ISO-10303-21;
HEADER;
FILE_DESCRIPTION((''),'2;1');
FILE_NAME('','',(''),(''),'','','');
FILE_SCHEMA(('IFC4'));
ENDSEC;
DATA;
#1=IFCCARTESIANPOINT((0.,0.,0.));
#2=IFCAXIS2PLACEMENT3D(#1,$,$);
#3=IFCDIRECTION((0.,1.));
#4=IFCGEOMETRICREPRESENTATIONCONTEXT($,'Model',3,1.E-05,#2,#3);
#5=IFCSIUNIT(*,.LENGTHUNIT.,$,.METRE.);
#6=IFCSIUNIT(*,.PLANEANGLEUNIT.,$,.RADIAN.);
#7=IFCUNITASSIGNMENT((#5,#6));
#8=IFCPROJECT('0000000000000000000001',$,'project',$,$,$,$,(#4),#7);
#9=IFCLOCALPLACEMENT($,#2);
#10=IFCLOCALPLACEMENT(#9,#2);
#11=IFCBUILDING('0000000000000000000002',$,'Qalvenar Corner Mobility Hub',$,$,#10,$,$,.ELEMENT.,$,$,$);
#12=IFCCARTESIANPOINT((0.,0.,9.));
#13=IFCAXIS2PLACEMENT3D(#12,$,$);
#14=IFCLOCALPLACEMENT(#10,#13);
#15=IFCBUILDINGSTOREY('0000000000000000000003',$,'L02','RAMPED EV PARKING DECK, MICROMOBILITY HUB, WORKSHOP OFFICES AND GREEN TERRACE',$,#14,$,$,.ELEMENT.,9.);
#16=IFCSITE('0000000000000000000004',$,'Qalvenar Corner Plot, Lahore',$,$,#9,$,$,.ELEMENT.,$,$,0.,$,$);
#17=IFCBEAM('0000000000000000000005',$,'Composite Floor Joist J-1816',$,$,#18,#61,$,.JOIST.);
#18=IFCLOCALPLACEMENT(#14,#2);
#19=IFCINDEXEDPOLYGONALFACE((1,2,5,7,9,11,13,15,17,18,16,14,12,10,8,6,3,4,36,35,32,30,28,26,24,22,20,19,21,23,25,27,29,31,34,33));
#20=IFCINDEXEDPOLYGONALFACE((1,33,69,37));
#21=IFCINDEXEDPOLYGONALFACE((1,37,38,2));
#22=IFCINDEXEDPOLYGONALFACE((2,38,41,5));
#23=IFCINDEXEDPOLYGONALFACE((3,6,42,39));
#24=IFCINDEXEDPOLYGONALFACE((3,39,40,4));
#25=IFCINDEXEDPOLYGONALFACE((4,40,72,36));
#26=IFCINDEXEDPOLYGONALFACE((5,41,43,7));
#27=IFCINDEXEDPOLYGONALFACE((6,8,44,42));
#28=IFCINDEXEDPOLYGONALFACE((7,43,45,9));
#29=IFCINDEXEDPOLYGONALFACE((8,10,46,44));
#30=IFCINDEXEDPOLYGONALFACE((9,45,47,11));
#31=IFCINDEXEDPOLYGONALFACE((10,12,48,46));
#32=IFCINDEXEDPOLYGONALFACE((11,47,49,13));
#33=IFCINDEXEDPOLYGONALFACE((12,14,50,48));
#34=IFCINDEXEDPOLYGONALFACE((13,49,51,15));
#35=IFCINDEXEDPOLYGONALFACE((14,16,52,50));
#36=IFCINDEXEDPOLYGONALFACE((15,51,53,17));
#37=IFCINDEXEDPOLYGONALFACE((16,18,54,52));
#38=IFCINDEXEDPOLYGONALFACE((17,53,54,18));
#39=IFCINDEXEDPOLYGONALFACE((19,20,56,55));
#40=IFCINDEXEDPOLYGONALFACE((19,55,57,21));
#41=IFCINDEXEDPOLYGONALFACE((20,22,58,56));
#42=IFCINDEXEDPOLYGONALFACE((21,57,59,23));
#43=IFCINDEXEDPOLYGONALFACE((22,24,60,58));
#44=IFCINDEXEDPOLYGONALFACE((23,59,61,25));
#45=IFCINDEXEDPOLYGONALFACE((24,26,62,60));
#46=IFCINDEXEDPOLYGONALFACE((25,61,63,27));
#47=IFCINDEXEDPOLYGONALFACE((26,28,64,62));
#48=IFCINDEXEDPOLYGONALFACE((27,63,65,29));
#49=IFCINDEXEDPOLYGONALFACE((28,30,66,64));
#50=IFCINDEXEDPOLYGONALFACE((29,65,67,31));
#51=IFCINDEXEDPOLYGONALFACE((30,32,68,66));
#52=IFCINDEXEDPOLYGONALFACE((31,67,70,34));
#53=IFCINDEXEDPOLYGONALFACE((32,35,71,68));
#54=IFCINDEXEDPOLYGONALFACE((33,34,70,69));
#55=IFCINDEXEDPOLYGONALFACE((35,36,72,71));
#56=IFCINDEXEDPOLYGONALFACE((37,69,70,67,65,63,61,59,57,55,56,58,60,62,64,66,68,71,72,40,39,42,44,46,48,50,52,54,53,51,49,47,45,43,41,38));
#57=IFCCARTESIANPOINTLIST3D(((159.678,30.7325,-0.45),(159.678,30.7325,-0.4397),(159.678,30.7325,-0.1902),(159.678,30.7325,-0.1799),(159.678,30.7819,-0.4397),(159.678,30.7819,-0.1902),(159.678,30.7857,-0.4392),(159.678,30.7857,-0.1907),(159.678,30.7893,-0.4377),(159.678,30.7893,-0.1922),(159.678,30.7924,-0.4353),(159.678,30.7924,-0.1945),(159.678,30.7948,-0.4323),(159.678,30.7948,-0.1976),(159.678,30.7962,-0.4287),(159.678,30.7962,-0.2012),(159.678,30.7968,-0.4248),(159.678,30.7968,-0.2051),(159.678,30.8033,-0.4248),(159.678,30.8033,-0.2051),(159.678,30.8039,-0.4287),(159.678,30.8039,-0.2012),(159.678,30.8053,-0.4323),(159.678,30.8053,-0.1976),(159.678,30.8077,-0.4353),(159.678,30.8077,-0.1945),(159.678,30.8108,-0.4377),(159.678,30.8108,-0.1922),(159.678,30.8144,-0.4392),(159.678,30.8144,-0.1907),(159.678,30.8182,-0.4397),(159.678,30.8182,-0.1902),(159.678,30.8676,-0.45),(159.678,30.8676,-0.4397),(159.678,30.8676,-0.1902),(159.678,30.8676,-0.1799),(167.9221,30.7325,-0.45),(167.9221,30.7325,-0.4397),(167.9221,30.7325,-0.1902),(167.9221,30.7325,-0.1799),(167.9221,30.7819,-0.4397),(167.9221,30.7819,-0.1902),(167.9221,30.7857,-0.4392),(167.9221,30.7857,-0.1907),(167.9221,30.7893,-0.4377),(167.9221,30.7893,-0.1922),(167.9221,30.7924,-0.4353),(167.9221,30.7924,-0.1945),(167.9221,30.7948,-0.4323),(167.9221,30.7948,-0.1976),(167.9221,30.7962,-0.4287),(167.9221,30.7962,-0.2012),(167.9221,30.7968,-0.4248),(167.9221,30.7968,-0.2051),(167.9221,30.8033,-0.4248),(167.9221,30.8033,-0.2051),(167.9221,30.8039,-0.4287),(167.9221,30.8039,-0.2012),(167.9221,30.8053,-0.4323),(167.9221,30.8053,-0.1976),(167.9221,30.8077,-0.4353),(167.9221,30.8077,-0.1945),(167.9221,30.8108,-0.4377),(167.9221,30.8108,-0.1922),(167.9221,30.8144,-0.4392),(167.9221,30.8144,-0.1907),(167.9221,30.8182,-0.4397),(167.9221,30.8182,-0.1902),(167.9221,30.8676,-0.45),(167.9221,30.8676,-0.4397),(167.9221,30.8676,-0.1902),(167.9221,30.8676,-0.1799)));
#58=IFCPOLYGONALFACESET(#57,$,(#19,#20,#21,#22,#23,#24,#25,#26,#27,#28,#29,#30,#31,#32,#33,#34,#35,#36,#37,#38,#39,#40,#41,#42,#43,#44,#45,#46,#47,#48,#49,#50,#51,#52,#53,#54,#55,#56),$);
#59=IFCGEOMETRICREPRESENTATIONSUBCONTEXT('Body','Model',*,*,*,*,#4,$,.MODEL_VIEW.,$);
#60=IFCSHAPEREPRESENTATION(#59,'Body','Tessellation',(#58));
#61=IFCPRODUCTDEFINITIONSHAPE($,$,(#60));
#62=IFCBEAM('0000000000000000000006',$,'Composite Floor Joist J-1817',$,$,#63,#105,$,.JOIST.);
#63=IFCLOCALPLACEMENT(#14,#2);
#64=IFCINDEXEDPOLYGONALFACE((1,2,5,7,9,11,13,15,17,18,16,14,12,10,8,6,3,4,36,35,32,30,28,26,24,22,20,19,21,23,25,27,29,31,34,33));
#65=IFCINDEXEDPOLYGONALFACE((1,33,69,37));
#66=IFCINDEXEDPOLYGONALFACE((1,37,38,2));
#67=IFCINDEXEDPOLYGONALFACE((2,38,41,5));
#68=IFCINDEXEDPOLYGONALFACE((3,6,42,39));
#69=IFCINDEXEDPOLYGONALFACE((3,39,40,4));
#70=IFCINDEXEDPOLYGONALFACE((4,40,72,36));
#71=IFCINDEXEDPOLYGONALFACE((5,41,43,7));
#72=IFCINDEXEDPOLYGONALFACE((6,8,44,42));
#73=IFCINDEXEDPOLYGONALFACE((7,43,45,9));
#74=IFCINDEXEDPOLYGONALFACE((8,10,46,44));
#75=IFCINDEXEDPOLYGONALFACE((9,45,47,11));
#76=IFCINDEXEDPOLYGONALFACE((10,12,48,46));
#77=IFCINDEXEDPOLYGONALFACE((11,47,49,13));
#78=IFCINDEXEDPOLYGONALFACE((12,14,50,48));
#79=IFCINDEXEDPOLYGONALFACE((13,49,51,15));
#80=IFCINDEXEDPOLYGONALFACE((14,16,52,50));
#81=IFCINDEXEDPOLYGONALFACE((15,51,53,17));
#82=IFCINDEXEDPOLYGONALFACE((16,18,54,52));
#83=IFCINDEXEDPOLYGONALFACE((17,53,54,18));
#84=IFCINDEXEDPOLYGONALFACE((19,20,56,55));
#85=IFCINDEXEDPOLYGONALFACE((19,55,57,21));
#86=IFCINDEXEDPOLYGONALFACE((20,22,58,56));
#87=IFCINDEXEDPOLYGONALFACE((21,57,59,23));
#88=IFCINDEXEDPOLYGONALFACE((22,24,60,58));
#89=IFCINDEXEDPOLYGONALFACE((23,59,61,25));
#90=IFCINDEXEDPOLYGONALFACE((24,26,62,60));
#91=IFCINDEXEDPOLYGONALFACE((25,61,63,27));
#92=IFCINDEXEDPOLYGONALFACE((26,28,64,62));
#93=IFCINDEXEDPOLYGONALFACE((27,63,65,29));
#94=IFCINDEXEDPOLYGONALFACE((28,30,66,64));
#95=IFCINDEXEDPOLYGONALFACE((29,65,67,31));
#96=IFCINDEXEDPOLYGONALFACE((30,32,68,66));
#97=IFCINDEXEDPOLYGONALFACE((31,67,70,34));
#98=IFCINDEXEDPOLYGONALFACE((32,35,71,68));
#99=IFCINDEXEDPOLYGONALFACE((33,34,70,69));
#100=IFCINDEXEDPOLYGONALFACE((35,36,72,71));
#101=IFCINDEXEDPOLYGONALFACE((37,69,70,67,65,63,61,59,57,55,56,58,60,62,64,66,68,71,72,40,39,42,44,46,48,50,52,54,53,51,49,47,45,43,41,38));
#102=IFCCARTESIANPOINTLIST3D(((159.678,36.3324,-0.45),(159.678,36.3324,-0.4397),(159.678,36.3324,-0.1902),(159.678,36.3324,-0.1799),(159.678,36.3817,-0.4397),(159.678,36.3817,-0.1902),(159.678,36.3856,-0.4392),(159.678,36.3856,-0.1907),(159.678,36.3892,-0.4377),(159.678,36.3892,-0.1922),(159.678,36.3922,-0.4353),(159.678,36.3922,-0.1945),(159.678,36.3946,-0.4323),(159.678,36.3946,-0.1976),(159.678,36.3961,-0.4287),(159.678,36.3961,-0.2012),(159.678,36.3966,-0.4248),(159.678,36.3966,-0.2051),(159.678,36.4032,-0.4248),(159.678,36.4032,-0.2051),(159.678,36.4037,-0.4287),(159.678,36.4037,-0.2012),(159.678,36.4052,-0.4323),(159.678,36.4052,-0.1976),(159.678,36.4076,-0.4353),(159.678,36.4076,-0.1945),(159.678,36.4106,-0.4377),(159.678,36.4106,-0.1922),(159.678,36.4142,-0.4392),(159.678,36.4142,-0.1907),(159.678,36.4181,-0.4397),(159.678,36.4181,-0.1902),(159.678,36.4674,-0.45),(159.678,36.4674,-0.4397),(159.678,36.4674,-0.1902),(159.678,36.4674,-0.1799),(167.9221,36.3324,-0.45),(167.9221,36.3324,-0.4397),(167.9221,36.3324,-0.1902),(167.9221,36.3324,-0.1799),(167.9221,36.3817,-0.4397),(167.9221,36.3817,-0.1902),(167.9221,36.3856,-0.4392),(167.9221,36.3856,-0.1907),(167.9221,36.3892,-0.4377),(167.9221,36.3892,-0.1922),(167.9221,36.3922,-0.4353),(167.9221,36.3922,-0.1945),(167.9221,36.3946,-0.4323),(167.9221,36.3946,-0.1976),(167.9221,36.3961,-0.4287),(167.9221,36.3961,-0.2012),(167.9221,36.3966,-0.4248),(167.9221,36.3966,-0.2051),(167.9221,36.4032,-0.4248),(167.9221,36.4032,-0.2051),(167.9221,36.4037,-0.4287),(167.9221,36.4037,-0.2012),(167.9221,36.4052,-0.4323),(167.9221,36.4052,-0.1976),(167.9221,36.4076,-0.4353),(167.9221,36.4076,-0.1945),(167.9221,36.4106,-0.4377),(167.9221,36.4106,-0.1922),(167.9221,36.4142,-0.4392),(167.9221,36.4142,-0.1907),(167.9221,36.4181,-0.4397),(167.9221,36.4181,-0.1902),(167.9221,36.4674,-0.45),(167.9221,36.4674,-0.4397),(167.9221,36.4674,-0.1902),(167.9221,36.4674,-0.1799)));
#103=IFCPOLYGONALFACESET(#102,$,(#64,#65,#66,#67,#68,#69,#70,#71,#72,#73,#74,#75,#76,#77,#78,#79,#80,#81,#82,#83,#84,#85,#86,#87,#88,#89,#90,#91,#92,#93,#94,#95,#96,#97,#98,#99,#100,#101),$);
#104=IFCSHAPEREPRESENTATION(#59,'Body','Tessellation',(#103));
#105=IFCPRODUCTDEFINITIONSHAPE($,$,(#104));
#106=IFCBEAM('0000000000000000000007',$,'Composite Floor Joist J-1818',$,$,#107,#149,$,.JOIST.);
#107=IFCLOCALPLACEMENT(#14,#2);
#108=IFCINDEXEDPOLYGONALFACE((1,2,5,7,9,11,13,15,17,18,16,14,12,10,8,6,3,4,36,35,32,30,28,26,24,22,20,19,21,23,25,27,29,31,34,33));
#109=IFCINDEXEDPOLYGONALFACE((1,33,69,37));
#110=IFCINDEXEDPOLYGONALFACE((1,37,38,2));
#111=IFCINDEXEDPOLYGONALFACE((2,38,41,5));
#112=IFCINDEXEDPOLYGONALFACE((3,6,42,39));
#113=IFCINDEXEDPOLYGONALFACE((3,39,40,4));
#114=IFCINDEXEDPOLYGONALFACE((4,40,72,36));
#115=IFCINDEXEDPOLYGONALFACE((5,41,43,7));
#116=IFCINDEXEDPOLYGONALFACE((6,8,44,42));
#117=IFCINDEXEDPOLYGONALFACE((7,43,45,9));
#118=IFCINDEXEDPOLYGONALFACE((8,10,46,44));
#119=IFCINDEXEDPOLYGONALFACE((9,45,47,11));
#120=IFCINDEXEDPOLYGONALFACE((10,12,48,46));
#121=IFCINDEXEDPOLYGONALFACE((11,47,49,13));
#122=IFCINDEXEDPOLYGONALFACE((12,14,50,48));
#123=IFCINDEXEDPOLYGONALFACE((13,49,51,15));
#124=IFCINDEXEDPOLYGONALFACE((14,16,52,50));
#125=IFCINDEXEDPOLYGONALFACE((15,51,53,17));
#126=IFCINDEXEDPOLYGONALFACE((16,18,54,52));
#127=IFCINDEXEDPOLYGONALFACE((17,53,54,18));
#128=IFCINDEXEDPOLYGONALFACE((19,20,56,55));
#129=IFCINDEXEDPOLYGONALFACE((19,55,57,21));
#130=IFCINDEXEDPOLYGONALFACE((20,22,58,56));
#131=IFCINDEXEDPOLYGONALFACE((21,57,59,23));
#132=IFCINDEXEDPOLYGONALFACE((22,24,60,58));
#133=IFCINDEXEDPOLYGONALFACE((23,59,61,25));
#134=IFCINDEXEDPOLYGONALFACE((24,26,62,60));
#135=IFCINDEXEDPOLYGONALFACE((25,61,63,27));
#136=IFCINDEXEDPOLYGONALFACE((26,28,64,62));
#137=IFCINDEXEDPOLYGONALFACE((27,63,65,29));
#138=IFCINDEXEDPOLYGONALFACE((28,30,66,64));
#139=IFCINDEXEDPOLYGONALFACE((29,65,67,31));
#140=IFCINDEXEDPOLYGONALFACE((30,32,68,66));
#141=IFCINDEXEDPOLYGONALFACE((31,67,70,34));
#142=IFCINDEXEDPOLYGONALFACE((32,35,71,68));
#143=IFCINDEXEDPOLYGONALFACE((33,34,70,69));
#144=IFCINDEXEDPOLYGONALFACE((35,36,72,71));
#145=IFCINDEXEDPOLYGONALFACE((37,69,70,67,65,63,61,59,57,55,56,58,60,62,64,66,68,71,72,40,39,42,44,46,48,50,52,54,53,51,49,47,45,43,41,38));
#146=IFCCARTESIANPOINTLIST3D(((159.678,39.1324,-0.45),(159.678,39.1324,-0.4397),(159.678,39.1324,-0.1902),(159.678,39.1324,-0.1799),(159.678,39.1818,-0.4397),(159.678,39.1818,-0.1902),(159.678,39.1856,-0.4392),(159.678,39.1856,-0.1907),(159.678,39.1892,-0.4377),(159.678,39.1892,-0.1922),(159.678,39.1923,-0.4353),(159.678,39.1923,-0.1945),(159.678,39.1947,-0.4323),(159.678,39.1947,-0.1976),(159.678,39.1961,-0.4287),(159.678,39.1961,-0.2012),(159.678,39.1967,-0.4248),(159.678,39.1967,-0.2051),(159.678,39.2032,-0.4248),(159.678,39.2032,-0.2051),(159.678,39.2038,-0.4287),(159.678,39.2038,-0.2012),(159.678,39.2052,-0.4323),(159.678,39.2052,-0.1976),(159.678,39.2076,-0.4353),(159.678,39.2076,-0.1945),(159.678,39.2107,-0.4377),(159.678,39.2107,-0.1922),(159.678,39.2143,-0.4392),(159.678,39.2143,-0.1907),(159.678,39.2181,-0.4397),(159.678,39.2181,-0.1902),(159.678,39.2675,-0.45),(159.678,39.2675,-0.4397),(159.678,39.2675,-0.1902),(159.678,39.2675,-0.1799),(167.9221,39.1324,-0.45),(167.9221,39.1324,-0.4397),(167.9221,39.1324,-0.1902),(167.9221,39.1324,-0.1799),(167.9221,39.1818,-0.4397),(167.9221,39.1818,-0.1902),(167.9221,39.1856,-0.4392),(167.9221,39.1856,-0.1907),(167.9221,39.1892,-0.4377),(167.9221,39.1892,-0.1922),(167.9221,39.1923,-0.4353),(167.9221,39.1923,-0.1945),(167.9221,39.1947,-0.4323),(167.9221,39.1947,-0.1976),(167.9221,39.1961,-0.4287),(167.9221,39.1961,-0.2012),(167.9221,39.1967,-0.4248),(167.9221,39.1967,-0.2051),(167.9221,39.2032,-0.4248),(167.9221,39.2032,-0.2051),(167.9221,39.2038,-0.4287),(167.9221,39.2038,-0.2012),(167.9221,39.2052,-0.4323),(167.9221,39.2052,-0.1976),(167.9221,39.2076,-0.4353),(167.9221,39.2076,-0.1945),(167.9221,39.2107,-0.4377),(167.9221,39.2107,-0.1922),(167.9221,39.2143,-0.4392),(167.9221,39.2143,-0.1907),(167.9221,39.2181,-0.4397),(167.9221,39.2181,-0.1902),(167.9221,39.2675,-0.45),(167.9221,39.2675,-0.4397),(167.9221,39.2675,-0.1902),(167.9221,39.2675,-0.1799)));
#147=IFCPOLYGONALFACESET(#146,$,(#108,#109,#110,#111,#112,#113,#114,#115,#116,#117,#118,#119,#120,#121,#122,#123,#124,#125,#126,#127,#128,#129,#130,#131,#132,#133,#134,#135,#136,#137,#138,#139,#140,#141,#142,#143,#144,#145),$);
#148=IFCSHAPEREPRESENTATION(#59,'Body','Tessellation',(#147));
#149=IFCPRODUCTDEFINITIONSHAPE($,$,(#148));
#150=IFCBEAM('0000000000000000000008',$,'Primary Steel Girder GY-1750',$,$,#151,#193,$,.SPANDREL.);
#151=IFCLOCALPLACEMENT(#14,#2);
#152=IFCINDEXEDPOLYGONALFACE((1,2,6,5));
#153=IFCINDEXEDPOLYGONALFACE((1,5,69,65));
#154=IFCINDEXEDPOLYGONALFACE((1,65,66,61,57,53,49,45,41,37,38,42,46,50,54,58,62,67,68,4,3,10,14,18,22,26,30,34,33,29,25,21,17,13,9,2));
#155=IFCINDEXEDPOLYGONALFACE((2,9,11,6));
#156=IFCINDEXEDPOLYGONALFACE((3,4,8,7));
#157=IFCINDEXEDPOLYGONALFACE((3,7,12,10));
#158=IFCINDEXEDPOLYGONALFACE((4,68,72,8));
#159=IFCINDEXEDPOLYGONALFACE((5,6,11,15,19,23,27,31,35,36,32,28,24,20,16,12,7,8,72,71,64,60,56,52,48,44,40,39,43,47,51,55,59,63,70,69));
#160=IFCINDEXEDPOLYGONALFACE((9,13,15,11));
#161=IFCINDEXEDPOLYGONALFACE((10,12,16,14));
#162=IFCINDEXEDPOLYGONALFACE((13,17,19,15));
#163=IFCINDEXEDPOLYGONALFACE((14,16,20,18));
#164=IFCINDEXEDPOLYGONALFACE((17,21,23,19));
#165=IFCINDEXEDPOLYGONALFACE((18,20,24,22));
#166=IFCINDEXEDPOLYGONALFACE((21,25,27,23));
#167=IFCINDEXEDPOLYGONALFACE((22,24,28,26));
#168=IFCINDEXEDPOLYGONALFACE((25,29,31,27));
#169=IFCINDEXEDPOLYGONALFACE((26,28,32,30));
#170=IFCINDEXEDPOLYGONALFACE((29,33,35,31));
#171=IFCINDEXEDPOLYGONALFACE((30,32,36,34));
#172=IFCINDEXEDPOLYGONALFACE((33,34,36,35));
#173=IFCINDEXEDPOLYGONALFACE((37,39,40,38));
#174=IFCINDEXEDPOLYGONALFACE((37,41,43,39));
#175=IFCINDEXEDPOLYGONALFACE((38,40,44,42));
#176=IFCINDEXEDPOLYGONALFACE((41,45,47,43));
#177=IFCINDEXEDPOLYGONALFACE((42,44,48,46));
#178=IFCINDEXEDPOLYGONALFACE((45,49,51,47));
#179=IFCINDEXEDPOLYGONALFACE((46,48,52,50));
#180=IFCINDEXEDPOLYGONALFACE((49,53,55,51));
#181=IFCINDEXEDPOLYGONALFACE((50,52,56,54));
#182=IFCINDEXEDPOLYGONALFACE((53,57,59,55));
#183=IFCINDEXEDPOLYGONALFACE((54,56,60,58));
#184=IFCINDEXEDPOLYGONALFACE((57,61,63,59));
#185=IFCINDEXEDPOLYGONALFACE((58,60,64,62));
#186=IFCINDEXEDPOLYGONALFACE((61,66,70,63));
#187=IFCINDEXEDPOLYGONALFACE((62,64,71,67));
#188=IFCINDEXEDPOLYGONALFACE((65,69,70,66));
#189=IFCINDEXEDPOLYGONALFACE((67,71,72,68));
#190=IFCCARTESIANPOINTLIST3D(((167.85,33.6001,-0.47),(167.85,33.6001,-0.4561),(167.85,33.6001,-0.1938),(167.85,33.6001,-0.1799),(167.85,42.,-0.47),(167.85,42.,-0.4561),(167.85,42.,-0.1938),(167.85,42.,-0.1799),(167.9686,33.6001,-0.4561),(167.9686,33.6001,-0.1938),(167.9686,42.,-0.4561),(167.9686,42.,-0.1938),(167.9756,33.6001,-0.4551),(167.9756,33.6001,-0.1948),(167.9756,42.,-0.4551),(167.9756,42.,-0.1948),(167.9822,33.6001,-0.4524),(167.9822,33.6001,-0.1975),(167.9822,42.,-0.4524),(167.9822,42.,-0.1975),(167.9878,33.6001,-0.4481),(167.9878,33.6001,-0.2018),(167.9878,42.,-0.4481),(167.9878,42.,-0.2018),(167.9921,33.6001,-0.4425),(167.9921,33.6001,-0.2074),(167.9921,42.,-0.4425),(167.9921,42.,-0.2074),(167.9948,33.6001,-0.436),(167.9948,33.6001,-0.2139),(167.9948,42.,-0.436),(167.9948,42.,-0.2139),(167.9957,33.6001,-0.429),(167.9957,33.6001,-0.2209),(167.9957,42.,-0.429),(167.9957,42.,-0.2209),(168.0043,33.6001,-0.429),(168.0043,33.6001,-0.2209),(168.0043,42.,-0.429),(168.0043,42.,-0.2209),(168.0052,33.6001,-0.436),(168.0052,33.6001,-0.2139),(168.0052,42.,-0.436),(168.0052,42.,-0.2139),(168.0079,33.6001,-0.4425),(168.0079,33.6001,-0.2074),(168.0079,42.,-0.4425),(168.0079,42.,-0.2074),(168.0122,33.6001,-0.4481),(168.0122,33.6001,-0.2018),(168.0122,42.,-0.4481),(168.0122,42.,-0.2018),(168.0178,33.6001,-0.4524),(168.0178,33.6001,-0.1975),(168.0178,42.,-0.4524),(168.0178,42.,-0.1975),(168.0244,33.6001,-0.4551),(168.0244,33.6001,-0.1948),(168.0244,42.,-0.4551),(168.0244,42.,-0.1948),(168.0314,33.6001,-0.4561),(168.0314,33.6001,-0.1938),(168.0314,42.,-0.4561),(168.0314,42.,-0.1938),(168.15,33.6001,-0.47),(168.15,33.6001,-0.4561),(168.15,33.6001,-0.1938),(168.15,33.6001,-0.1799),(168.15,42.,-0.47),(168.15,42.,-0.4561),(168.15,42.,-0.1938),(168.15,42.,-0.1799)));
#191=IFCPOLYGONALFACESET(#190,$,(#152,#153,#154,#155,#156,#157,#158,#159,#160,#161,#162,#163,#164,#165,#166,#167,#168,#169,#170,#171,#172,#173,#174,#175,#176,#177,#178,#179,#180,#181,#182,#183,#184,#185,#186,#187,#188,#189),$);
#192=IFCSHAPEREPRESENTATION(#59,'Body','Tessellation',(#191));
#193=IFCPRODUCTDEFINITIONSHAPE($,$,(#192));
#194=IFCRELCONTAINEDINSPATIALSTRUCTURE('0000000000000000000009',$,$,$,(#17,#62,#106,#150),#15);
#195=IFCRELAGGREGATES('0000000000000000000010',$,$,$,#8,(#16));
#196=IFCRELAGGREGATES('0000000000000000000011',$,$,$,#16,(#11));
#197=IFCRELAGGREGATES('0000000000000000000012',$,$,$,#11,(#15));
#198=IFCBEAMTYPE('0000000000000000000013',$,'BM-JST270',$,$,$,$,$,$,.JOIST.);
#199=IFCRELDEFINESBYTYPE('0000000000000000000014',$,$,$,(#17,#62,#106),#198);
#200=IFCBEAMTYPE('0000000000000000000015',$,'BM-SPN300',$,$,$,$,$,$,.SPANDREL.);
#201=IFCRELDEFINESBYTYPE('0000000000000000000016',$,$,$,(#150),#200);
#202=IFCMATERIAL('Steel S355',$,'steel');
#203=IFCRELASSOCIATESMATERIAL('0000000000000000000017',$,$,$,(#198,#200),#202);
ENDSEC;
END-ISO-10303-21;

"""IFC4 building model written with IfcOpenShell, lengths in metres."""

from ifc_helpers import new_model, si_unit, direction, frame, origin, origin_2d, place, context, subcontext, project, spatial, i_section, extrude, material, material_profile, profile_set, type_object, element, save


model = new_model("IFC4")

# Units and contexts
model_context = context("Model", 3, precision=1e-05, world=origin(), true_north=direction((0.0, 1.0)))
body_context = subcontext(model_context, "Body", "Model", "MODEL_VIEW")
ifc_project = project(units=[si_unit("LENGTHUNIT", "METRE"), si_unit("PLANEANGLEUNIT", "RADIAN")], contexts=[model_context])

# Site, building, storey
site_placement = place(None, origin())
site = spatial("IfcSite", under=ifc_project, at=site_placement, Name="Qalvenar Corner Plot, Lahore", CompositionType="ELEMENT", RefElevation=0.0)
building_placement = place(site_placement, origin())
building = spatial("IfcBuilding", under=site, at=building_placement, Name="Qalvenar Corner Mobility Hub", CompositionType="ELEMENT")
storey_placement = place(building_placement, frame((0.0, 0.0, 9.0)))
storey = spatial("IfcBuildingStorey", under=building, at=storey_placement, Name="L02", Description="RAMPED EV PARKING DECK, MICROMOBILITY HUB, WORKSHOP OFFICES AND GREEN TERRACE", CompositionType="ELEMENT", Elevation=9.0)

# Shared definitions
ifc_material_1 = material(Name="Steel S355", Category="steel")

# Beams
ifc_material_profile_1 = material_profile(ifc_material_1, i_section(OverallWidth=0.135, OverallDepth=0.27, WebThickness=0.0066, FlangeThickness=0.0103, FilletRadius=0.0149, at=origin_2d()), Name="IPE270")
ifc_profile_set_1 = profile_set([ifc_material_profile_1], Name="Steel S355")
beam_type_1 = type_object("IfcBeamType", Name="BM-JST270", PredefinedType="JOIST", material=ifc_profile_set_1)
for number, where, z_axis, x_axis, name in (
    (1, (159.678, 30.8, -0.3149), (1.0, 0.0, 0.0), (0.0, 1.0, 0.0), "Composite Floor Joist J-1816"),
    (2, (159.678, 36.3999, -0.3149), (1.0, 0.0, 0.0), (0.0, 1.0, 0.0), "Composite Floor Joist J-1817"),
    (3, (159.678, 39.2, -0.3149), (1.0, 0.0, 0.0), (0.0, 1.0, 0.0), "Composite Floor Joist J-1818"),
):
    element("IfcBeam", number, at=place(storey_placement, frame(where, z_axis=z_axis, x_axis=x_axis)), inside=storey, type_object=beam_type_1, Name=name, PredefinedType="JOIST", context=body_context, shape_type="SweptSolid", body=[
        extrude(i_section(OverallWidth=0.135, OverallDepth=0.27, WebThickness=0.0066, FlangeThickness=0.0103, FilletRadius=0.0149, at=origin_2d()), origin(), (0.0, 0.0, 1.0), 8.2441),
    ])
ifc_material_profile_2 = material_profile(ifc_material_1, i_section(OverallWidth=0.3, OverallDepth=0.29, WebThickness=0.0085, FlangeThickness=0.0139, FilletRadius=0.0271, at=origin_2d()), Name="HEA300")
ifc_profile_set_2 = profile_set([ifc_material_profile_2], Name="Steel S355")
beam_type_2 = type_object("IfcBeamType", Name="BM-SPN300", PredefinedType="SPANDREL", material=ifc_profile_set_2)
beam_1_placement = place(storey_placement, frame((168.0, 33.6001, -0.325), z_axis=(0.0, 1.0, 0.0), x_axis=(-1.0, 0.0, 0.0)))
element("IfcBeam", 4, at=beam_1_placement, inside=storey, type_object=beam_type_2, Name="Primary Steel Girder GY-1750", PredefinedType="SPANDREL", context=body_context, shape_type="SweptSolid", body=[
    extrude(i_section(OverallWidth=0.3, OverallDepth=0.29, WebThickness=0.0085, FlangeThickness=0.0139, FilletRadius=0.0271, at=origin_2d()), origin(), (0.0, 0.0, 1.0), 8.3999),
])

save(model, "model.ifc")
